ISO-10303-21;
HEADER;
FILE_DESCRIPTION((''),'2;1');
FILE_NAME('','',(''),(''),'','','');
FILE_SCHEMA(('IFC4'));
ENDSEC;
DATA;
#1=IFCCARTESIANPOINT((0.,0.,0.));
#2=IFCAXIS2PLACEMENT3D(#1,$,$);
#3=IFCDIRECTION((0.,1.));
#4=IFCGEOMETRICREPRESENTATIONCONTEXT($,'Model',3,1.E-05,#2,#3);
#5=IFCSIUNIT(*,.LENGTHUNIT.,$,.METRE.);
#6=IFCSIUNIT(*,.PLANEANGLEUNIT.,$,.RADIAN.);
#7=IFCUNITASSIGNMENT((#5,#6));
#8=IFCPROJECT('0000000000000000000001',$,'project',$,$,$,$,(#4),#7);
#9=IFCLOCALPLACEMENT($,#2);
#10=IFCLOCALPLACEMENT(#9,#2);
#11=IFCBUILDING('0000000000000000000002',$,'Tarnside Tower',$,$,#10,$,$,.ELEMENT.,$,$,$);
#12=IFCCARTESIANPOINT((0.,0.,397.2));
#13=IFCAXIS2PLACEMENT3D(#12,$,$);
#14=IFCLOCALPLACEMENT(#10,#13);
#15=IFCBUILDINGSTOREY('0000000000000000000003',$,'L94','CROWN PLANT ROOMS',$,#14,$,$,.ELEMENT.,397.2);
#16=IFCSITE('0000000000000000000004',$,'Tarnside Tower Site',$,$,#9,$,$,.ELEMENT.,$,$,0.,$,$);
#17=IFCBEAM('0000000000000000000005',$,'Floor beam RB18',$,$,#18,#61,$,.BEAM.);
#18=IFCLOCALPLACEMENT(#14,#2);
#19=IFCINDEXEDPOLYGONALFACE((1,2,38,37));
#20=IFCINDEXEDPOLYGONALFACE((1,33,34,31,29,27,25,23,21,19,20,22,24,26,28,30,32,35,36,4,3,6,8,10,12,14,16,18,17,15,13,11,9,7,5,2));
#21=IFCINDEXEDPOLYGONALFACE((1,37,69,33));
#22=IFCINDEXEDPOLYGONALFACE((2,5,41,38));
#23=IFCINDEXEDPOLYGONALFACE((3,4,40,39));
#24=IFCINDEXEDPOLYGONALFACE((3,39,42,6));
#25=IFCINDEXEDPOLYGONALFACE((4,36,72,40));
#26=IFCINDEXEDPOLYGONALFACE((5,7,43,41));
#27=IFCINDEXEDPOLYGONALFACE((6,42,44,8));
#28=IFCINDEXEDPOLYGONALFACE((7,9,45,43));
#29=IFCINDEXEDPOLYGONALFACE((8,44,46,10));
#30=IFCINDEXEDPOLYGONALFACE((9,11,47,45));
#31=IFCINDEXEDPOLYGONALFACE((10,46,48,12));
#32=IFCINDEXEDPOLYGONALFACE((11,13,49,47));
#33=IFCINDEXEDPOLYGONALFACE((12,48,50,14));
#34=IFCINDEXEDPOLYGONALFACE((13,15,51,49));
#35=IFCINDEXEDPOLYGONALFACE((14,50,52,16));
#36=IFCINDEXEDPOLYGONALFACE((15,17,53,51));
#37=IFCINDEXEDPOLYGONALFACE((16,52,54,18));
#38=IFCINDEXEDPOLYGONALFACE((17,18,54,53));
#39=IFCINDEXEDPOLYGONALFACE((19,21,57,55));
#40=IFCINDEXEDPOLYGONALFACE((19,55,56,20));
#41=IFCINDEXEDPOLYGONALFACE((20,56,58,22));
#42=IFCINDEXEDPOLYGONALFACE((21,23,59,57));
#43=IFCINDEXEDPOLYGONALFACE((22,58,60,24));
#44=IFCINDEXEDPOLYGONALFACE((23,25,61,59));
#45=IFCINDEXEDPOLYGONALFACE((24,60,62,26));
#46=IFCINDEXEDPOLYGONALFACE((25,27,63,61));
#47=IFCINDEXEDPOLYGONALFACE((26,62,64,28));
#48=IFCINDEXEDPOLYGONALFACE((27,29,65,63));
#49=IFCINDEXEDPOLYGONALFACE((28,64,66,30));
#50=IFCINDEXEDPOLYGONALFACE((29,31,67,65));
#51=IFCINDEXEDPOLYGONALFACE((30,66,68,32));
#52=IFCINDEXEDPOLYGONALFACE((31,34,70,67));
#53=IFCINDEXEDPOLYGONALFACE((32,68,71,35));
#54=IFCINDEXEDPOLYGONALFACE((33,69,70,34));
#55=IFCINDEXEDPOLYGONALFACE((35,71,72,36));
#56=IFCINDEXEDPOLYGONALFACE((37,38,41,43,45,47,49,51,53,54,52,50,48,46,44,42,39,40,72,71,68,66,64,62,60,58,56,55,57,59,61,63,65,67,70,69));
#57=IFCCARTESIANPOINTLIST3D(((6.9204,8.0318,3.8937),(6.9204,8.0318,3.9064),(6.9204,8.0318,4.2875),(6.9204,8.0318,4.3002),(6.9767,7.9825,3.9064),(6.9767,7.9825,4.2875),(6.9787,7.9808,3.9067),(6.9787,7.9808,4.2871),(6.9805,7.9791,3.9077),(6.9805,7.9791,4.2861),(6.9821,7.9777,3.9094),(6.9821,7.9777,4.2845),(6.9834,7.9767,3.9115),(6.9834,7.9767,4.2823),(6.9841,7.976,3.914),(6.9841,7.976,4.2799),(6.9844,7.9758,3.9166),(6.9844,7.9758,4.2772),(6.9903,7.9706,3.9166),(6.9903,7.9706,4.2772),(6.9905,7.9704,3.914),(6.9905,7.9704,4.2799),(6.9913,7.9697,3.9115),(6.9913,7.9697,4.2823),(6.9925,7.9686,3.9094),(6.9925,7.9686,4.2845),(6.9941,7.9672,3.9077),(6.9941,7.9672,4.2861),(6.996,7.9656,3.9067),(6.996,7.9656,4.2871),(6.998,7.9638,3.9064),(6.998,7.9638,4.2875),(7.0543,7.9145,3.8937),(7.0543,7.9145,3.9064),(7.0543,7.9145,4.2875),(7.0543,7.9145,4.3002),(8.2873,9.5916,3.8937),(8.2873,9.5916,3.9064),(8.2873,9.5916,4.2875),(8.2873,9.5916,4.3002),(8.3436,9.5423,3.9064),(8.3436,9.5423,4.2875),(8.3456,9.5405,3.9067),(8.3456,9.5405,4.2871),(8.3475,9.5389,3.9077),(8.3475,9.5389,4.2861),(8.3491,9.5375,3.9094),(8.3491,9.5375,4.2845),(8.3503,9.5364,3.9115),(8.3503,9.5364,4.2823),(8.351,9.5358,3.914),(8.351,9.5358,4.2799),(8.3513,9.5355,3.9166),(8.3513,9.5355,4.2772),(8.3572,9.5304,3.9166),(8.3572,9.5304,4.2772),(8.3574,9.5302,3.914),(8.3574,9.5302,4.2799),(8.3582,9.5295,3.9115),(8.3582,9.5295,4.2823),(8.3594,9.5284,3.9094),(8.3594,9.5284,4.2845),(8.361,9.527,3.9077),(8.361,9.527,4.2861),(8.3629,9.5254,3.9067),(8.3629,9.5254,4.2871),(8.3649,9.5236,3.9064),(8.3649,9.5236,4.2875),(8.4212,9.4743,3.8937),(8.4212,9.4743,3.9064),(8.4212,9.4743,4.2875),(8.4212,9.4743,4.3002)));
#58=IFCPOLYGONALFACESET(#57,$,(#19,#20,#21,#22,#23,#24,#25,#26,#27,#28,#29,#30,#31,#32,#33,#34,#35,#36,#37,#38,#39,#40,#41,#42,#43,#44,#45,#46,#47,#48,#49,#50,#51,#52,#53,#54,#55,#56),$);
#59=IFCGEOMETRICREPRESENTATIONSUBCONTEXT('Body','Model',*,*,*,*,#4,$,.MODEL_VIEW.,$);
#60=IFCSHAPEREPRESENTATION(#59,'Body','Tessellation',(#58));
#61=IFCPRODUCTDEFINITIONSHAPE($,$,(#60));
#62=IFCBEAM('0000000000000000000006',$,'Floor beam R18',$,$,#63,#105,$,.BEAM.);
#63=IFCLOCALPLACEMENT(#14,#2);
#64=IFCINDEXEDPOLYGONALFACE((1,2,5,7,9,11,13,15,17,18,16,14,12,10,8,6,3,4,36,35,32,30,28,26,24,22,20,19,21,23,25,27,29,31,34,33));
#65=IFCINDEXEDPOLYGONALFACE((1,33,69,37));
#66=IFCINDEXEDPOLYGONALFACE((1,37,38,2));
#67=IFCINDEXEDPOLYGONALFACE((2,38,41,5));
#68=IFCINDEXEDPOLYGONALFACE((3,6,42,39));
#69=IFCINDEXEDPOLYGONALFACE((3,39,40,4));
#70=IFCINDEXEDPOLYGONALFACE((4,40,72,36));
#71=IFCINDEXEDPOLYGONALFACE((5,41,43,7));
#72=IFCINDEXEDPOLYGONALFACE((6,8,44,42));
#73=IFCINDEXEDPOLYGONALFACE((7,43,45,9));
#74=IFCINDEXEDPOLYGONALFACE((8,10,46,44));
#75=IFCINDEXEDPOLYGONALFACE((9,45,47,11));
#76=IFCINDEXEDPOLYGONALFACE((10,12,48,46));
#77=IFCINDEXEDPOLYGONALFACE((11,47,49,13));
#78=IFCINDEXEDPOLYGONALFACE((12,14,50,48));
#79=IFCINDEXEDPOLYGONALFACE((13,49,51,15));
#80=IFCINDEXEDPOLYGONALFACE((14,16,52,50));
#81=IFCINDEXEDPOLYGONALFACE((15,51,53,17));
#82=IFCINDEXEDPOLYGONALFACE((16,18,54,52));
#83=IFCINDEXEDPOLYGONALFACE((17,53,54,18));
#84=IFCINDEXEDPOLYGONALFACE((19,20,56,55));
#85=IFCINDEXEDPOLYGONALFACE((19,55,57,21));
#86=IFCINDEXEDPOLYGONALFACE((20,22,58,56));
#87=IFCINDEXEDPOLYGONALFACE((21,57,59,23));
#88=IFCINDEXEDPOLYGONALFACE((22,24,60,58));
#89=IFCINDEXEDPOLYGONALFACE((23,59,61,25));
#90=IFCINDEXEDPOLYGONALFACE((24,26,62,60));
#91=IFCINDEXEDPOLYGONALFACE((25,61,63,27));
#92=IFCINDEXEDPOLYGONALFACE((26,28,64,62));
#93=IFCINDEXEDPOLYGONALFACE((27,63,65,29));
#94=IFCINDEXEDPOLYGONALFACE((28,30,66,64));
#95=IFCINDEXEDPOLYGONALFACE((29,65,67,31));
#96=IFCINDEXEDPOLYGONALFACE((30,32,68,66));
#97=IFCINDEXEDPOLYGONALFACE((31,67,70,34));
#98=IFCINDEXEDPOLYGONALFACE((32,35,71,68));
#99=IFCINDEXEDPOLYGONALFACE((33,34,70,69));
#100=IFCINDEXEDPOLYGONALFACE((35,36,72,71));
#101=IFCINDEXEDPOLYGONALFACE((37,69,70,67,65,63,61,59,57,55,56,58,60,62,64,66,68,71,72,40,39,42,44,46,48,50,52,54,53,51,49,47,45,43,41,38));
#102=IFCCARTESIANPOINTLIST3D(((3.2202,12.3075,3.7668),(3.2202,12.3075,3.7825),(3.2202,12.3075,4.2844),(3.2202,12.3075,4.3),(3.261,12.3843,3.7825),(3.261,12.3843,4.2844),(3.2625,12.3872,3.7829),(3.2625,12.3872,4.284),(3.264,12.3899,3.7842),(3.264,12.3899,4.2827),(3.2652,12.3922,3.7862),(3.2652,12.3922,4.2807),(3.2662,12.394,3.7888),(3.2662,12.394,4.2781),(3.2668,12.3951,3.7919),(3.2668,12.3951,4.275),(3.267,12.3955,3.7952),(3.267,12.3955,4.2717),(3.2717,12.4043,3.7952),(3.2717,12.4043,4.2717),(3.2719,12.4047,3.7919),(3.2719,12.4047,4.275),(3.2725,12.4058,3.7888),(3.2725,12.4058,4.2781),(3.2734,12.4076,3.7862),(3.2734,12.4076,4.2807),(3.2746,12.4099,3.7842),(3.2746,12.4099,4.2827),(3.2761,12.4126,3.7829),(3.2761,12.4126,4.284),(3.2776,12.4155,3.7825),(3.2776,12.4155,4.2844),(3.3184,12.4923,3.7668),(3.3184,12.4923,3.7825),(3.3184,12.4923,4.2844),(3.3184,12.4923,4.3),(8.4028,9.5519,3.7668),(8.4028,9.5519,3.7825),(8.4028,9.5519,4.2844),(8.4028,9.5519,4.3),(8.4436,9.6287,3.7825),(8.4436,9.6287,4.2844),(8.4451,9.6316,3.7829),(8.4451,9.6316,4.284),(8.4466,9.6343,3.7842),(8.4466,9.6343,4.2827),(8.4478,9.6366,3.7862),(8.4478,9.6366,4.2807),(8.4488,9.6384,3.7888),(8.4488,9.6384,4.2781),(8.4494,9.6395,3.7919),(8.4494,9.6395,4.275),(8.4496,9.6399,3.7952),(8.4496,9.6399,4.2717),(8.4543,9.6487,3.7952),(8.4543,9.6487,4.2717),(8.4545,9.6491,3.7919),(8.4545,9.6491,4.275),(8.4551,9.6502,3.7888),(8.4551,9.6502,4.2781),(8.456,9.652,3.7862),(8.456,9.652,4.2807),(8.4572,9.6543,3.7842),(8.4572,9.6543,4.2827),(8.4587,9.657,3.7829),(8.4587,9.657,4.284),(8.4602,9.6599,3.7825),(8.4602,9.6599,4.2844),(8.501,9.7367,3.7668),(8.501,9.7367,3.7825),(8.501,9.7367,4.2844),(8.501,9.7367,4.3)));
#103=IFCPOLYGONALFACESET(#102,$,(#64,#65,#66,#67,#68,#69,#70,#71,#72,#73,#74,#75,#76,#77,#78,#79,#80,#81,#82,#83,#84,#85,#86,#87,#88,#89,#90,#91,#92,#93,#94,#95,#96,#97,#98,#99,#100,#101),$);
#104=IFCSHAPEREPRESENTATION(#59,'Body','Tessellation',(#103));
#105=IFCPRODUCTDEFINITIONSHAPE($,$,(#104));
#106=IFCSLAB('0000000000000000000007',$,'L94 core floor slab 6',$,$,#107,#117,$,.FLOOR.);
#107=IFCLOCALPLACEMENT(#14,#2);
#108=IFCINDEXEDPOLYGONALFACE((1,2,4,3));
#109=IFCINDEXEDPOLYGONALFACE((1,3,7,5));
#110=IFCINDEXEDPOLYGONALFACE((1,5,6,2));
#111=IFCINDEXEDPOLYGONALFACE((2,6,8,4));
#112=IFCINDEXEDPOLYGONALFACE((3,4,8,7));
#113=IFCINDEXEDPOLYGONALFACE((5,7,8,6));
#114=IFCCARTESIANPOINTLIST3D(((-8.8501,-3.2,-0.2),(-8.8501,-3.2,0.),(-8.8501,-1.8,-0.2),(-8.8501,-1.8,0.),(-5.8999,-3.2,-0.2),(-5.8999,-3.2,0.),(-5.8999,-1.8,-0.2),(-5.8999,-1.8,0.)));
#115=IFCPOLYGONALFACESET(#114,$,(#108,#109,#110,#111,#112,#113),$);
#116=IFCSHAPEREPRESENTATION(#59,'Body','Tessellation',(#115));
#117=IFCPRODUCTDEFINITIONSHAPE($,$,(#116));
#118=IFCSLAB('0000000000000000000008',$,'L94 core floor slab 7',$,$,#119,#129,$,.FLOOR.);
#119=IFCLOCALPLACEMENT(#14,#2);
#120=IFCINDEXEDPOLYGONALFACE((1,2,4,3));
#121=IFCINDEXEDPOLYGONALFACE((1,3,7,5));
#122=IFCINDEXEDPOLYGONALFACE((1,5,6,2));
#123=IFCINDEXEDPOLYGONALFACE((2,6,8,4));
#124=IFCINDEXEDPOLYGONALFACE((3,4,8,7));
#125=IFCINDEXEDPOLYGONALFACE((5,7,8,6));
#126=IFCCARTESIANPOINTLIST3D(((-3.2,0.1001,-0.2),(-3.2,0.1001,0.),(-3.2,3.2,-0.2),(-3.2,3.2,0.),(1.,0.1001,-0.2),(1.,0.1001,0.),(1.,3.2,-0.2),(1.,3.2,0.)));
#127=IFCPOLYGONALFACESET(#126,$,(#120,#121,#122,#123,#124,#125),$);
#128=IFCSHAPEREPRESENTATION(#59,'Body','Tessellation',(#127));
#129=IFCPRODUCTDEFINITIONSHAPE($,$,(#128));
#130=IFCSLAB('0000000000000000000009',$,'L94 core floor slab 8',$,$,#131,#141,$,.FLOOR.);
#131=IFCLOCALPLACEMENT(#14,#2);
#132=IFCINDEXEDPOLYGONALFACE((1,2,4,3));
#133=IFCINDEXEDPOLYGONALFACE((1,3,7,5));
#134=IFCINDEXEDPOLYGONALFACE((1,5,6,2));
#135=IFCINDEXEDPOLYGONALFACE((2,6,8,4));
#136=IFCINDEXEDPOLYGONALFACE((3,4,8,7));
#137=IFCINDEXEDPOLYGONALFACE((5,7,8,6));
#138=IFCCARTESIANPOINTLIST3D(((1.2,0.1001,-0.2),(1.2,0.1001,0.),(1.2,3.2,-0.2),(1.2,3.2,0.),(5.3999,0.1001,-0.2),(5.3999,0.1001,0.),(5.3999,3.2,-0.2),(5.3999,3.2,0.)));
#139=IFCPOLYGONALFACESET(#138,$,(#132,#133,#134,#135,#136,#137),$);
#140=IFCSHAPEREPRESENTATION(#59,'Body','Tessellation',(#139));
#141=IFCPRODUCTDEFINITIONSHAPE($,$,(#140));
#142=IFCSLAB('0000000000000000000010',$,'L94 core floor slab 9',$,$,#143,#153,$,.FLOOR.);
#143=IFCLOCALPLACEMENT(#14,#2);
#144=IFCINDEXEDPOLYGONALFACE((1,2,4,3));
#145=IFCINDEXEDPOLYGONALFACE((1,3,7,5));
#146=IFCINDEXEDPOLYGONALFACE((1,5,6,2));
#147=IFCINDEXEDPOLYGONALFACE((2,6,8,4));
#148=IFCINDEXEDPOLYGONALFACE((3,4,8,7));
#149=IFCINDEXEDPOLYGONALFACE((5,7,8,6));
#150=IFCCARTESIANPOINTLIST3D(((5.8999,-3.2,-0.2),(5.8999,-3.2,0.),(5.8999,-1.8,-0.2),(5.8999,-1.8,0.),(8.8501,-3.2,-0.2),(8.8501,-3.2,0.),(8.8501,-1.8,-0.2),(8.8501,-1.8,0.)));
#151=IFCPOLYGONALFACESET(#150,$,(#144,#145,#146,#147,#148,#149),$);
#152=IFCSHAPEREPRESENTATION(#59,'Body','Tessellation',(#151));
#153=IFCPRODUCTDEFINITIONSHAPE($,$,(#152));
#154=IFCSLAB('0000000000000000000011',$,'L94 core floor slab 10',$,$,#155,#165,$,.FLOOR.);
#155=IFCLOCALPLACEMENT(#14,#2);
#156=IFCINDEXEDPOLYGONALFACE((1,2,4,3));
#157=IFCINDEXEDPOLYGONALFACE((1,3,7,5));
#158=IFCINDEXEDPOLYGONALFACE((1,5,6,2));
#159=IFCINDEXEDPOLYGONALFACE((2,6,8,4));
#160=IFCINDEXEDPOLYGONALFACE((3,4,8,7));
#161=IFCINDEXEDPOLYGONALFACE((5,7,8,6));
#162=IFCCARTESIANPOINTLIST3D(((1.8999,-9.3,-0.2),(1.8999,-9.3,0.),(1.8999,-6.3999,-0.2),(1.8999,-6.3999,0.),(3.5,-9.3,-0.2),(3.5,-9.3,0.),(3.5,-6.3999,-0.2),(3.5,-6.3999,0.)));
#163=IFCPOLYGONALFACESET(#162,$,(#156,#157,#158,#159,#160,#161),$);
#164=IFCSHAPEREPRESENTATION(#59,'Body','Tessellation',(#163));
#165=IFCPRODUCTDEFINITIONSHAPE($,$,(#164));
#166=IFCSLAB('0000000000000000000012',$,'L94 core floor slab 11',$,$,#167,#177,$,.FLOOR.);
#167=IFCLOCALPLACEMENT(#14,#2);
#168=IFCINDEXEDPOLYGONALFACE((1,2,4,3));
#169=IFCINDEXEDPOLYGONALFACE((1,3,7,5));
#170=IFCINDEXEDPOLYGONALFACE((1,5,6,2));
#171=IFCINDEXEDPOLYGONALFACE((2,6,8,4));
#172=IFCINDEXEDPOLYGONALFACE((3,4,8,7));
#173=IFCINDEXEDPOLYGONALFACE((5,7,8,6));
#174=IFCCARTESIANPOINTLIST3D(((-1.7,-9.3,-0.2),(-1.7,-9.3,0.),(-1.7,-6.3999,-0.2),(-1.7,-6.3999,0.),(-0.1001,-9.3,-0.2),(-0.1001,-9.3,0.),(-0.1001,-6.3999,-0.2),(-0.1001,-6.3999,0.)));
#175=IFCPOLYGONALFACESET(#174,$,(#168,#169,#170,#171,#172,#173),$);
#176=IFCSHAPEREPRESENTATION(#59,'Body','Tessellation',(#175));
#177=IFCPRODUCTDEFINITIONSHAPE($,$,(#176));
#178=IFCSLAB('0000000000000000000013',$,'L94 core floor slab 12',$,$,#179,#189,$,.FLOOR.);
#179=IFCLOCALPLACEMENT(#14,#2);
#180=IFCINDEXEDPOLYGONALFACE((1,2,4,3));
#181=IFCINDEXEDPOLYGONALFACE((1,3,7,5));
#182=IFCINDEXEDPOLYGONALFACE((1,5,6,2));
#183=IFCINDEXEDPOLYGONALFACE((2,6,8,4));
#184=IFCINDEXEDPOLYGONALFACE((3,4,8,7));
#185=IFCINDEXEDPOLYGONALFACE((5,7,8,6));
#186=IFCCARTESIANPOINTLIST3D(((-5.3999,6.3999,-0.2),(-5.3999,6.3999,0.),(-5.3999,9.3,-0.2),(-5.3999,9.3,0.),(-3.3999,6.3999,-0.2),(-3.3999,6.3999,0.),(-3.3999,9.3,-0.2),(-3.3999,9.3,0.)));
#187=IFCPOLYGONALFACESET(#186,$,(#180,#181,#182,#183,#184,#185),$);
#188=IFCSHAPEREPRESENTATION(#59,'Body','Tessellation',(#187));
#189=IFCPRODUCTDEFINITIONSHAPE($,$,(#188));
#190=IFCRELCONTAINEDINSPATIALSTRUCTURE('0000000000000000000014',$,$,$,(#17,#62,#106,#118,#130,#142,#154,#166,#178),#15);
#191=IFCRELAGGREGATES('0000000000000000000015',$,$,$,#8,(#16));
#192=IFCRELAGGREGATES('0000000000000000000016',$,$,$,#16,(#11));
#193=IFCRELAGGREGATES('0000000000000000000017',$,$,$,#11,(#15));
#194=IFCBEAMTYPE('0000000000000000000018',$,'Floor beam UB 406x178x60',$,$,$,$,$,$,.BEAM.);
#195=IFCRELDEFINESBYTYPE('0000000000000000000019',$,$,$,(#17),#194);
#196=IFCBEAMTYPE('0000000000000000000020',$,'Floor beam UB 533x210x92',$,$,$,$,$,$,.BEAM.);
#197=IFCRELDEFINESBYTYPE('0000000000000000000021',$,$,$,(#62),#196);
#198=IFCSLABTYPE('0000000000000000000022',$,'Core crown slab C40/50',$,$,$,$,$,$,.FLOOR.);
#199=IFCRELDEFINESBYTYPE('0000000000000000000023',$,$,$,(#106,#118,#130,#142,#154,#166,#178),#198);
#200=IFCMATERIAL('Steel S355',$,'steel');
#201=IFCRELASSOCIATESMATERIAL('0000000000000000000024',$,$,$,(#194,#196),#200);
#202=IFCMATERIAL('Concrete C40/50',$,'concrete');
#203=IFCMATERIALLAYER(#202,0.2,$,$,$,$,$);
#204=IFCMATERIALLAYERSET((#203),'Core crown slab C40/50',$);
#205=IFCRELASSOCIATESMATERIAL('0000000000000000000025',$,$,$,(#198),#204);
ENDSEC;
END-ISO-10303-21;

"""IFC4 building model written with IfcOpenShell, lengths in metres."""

from ifc_helpers import new_model, si_unit, direction, frame, origin, origin_2d, place, context, subcontext, project, spatial, polyline, i_section, outline, extrude, material, layer, layer_set, material_profile, profile_set, type_object, element, save


model = new_model("IFC4")

# Units and contexts
model_context = context("Model", 3, precision=1e-05, world=origin(), true_north=direction((0.0, 1.0)))
body_context = subcontext(model_context, "Body", "Model", "MODEL_VIEW")
ifc_project = project(units=[si_unit("LENGTHUNIT", "METRE"), si_unit("PLANEANGLEUNIT", "RADIAN")], contexts=[model_context])

# Site, building, storey
site_placement = place(None, origin())
site = spatial("IfcSite", under=ifc_project, at=site_placement, Name="Tarnside Tower Site", CompositionType="ELEMENT", RefElevation=0.0)
building_placement = place(site_placement, origin())
building = spatial("IfcBuilding", under=site, at=building_placement, Name="Tarnside Tower", CompositionType="ELEMENT")
storey_placement = place(building_placement, frame((0.0, 0.0, 397.2)))
storey = spatial("IfcBuildingStorey", under=building, at=storey_placement, Name="L94", Description="CROWN PLANT ROOMS", CompositionType="ELEMENT", Elevation=397.2)

# Beams
ifc_material_1 = material(Name="Steel S355", Category="steel")
ifc_material_profile_1 = material_profile(ifc_material_1, i_section(OverallWidth=0.178, OverallDepth=0.4065, WebThickness=0.0078, FlangeThickness=0.0127, FilletRadius=0.0103, at=origin_2d()), Name="UB 406x178x60")
ifc_profile_set_1 = profile_set([ifc_material_profile_1], Name="Steel S355")
beam_type_1 = type_object("IfcBeamType", Name="Floor beam UB 406x178x60", PredefinedType="BEAM", material=ifc_profile_set_1)
beam_1_placement = place(storey_placement, frame((8.3542, 9.533, 4.0969), z_axis=(-0.659079, -0.752073, 0.0), x_axis=(0.752073, -0.659079, 0.0)))
element("IfcBeam", 1, at=beam_1_placement, inside=storey, type_object=beam_type_1, Name="Floor beam RB18", PredefinedType="BEAM", context=body_context, shape_type="SweptSolid", body=[
    extrude(i_section(OverallWidth=0.178, OverallDepth=0.4065, WebThickness=0.0078, FlangeThickness=0.0127, FilletRadius=0.0103, at=origin_2d()), origin(), (0.0, 0.0, 1.0), 2.074),
])
ifc_material_profile_2 = material_profile(ifc_material_1, i_section(OverallWidth=0.2092, OverallDepth=0.5332, WebThickness=0.01, FlangeThickness=0.0156, FilletRadius=0.0127, at=origin_2d()), Name="UB 533x210x92")
ifc_profile_set_2 = profile_set([ifc_material_profile_2], Name="Steel S355")
beam_type_2 = type_object("IfcBeamType", Name="Floor beam UB 533x210x92", PredefinedType="BEAM", material=ifc_profile_set_2)
beam_2_placement = place(storey_placement, frame((8.4519, 9.6443, 4.0334), z_axis=(-0.88295, 0.469467, 0.0), x_axis=(-0.469467, -0.88295, 0.0)))
element("IfcBeam", 2, at=beam_2_placement, inside=storey, type_object=beam_type_2, Name="Floor beam R18", PredefinedType="BEAM", context=body_context, shape_type="SweptSolid", body=[
    extrude(i_section(OverallWidth=0.2092, OverallDepth=0.5332, WebThickness=0.01, FlangeThickness=0.0156, FilletRadius=0.0127, at=origin_2d()), origin(), (0.0, 0.0, 1.0), 5.8696),
])

# Slabs
ifc_material_2 = material(Name="Concrete C40/50", Category="concrete")
ifc_layer_1 = layer(ifc_material_2, 0.2)
ifc_layer_set_1 = layer_set([ifc_layer_1], Name="Core crown slab C40/50")
slab_type = type_object("IfcSlabType", Name="Core crown slab C40/50", PredefinedType="FLOOR", material=ifc_layer_set_1)
slab_1_placement = place(storey_placement, frame((0.0, 0.0, -0.2)))
element("IfcSlab", 3, at=slab_1_placement, inside=storey, type_object=slab_type, Name="L94 core floor slab 6", PredefinedType="FLOOR", context=body_context, shape_type="SweptSolid", body=[
    extrude(outline(polyline([(-8.8501, -3.2), (-8.8501, -1.8), (-5.8999, -1.8), (-5.8999, -3.2), (-8.8501, -3.2)])), origin(), (0.0, 0.0, 1.0), 0.2),
])
slab_2_placement = place(storey_placement, frame((0.0, 0.0, -0.2)))
element("IfcSlab", 4, at=slab_2_placement, inside=storey, type_object=slab_type, Name="L94 core floor slab 7", PredefinedType="FLOOR", context=body_context, shape_type="SweptSolid", body=[
    extrude(outline(polyline([(1.0, 3.2), (1.0, 0.1001), (-3.2, 0.1001), (-3.2, 3.2), (1.0, 3.2)])), origin(), (0.0, 0.0, 1.0), 0.2),
])
slab_3_placement = place(storey_placement, frame((0.0, 0.0, -0.2)))
element("IfcSlab", 5, at=slab_3_placement, inside=storey, type_object=slab_type, Name="L94 core floor slab 8", PredefinedType="FLOOR", context=body_context, shape_type="SweptSolid", body=[
    extrude(outline(polyline([(1.2, 3.2), (5.3999, 3.2), (5.3999, 0.1001), (1.2, 0.1001), (1.2, 3.2)])), origin(), (0.0, 0.0, 1.0), 0.2),
])
slab_4_placement = place(storey_placement, frame((0.0, 0.0, -0.2)))
element("IfcSlab", 6, at=slab_4_placement, inside=storey, type_object=slab_type, Name="L94 core floor slab 9", PredefinedType="FLOOR", context=body_context, shape_type="SweptSolid", body=[
    extrude(outline(polyline([(5.8999, -1.8), (8.8501, -1.8), (8.8501, -3.2), (5.8999, -3.2), (5.8999, -1.8)])), origin(), (0.0, 0.0, 1.0), 0.2),
])
slab_5_placement = place(storey_placement, frame((0.0, 0.0, -0.2)))
element("IfcSlab", 7, at=slab_5_placement, inside=storey, type_object=slab_type, Name="L94 core floor slab 10", PredefinedType="FLOOR", context=body_context, shape_type="SweptSolid", body=[
    extrude(outline(polyline([(3.5, -9.3), (1.8999, -9.3), (1.8999, -6.3999), (3.5, -6.3999), (3.5, -9.3)])), origin(), (0.0, 0.0, 1.0), 0.2),
])
slab_6_placement = place(storey_placement, frame((0.0, 0.0, -0.2)))
element("IfcSlab", 8, at=slab_6_placement, inside=storey, type_object=slab_type, Name="L94 core floor slab 11", PredefinedType="FLOOR", context=body_context, shape_type="SweptSolid", body=[
    extrude(outline(polyline([(-0.1001, -9.3), (-1.7, -9.3), (-1.7, -6.3999), (-0.1001, -6.3999), (-0.1001, -9.3)])), origin(), (0.0, 0.0, 1.0), 0.2),
])
slab_7_placement = place(storey_placement, frame((0.0, 0.0, -0.2)))
element("IfcSlab", 9, at=slab_7_placement, inside=storey, type_object=slab_type, Name="L94 core floor slab 12", PredefinedType="FLOOR", context=body_context, shape_type="SweptSolid", body=[
    extrude(outline(polyline([(-3.3999, 9.3), (-3.3999, 6.3999), (-5.3999, 6.3999), (-5.3999, 9.3), (-3.3999, 9.3)])), origin(), (0.0, 0.0, 1.0), 0.2),
])

save(model, "model.ifc")
